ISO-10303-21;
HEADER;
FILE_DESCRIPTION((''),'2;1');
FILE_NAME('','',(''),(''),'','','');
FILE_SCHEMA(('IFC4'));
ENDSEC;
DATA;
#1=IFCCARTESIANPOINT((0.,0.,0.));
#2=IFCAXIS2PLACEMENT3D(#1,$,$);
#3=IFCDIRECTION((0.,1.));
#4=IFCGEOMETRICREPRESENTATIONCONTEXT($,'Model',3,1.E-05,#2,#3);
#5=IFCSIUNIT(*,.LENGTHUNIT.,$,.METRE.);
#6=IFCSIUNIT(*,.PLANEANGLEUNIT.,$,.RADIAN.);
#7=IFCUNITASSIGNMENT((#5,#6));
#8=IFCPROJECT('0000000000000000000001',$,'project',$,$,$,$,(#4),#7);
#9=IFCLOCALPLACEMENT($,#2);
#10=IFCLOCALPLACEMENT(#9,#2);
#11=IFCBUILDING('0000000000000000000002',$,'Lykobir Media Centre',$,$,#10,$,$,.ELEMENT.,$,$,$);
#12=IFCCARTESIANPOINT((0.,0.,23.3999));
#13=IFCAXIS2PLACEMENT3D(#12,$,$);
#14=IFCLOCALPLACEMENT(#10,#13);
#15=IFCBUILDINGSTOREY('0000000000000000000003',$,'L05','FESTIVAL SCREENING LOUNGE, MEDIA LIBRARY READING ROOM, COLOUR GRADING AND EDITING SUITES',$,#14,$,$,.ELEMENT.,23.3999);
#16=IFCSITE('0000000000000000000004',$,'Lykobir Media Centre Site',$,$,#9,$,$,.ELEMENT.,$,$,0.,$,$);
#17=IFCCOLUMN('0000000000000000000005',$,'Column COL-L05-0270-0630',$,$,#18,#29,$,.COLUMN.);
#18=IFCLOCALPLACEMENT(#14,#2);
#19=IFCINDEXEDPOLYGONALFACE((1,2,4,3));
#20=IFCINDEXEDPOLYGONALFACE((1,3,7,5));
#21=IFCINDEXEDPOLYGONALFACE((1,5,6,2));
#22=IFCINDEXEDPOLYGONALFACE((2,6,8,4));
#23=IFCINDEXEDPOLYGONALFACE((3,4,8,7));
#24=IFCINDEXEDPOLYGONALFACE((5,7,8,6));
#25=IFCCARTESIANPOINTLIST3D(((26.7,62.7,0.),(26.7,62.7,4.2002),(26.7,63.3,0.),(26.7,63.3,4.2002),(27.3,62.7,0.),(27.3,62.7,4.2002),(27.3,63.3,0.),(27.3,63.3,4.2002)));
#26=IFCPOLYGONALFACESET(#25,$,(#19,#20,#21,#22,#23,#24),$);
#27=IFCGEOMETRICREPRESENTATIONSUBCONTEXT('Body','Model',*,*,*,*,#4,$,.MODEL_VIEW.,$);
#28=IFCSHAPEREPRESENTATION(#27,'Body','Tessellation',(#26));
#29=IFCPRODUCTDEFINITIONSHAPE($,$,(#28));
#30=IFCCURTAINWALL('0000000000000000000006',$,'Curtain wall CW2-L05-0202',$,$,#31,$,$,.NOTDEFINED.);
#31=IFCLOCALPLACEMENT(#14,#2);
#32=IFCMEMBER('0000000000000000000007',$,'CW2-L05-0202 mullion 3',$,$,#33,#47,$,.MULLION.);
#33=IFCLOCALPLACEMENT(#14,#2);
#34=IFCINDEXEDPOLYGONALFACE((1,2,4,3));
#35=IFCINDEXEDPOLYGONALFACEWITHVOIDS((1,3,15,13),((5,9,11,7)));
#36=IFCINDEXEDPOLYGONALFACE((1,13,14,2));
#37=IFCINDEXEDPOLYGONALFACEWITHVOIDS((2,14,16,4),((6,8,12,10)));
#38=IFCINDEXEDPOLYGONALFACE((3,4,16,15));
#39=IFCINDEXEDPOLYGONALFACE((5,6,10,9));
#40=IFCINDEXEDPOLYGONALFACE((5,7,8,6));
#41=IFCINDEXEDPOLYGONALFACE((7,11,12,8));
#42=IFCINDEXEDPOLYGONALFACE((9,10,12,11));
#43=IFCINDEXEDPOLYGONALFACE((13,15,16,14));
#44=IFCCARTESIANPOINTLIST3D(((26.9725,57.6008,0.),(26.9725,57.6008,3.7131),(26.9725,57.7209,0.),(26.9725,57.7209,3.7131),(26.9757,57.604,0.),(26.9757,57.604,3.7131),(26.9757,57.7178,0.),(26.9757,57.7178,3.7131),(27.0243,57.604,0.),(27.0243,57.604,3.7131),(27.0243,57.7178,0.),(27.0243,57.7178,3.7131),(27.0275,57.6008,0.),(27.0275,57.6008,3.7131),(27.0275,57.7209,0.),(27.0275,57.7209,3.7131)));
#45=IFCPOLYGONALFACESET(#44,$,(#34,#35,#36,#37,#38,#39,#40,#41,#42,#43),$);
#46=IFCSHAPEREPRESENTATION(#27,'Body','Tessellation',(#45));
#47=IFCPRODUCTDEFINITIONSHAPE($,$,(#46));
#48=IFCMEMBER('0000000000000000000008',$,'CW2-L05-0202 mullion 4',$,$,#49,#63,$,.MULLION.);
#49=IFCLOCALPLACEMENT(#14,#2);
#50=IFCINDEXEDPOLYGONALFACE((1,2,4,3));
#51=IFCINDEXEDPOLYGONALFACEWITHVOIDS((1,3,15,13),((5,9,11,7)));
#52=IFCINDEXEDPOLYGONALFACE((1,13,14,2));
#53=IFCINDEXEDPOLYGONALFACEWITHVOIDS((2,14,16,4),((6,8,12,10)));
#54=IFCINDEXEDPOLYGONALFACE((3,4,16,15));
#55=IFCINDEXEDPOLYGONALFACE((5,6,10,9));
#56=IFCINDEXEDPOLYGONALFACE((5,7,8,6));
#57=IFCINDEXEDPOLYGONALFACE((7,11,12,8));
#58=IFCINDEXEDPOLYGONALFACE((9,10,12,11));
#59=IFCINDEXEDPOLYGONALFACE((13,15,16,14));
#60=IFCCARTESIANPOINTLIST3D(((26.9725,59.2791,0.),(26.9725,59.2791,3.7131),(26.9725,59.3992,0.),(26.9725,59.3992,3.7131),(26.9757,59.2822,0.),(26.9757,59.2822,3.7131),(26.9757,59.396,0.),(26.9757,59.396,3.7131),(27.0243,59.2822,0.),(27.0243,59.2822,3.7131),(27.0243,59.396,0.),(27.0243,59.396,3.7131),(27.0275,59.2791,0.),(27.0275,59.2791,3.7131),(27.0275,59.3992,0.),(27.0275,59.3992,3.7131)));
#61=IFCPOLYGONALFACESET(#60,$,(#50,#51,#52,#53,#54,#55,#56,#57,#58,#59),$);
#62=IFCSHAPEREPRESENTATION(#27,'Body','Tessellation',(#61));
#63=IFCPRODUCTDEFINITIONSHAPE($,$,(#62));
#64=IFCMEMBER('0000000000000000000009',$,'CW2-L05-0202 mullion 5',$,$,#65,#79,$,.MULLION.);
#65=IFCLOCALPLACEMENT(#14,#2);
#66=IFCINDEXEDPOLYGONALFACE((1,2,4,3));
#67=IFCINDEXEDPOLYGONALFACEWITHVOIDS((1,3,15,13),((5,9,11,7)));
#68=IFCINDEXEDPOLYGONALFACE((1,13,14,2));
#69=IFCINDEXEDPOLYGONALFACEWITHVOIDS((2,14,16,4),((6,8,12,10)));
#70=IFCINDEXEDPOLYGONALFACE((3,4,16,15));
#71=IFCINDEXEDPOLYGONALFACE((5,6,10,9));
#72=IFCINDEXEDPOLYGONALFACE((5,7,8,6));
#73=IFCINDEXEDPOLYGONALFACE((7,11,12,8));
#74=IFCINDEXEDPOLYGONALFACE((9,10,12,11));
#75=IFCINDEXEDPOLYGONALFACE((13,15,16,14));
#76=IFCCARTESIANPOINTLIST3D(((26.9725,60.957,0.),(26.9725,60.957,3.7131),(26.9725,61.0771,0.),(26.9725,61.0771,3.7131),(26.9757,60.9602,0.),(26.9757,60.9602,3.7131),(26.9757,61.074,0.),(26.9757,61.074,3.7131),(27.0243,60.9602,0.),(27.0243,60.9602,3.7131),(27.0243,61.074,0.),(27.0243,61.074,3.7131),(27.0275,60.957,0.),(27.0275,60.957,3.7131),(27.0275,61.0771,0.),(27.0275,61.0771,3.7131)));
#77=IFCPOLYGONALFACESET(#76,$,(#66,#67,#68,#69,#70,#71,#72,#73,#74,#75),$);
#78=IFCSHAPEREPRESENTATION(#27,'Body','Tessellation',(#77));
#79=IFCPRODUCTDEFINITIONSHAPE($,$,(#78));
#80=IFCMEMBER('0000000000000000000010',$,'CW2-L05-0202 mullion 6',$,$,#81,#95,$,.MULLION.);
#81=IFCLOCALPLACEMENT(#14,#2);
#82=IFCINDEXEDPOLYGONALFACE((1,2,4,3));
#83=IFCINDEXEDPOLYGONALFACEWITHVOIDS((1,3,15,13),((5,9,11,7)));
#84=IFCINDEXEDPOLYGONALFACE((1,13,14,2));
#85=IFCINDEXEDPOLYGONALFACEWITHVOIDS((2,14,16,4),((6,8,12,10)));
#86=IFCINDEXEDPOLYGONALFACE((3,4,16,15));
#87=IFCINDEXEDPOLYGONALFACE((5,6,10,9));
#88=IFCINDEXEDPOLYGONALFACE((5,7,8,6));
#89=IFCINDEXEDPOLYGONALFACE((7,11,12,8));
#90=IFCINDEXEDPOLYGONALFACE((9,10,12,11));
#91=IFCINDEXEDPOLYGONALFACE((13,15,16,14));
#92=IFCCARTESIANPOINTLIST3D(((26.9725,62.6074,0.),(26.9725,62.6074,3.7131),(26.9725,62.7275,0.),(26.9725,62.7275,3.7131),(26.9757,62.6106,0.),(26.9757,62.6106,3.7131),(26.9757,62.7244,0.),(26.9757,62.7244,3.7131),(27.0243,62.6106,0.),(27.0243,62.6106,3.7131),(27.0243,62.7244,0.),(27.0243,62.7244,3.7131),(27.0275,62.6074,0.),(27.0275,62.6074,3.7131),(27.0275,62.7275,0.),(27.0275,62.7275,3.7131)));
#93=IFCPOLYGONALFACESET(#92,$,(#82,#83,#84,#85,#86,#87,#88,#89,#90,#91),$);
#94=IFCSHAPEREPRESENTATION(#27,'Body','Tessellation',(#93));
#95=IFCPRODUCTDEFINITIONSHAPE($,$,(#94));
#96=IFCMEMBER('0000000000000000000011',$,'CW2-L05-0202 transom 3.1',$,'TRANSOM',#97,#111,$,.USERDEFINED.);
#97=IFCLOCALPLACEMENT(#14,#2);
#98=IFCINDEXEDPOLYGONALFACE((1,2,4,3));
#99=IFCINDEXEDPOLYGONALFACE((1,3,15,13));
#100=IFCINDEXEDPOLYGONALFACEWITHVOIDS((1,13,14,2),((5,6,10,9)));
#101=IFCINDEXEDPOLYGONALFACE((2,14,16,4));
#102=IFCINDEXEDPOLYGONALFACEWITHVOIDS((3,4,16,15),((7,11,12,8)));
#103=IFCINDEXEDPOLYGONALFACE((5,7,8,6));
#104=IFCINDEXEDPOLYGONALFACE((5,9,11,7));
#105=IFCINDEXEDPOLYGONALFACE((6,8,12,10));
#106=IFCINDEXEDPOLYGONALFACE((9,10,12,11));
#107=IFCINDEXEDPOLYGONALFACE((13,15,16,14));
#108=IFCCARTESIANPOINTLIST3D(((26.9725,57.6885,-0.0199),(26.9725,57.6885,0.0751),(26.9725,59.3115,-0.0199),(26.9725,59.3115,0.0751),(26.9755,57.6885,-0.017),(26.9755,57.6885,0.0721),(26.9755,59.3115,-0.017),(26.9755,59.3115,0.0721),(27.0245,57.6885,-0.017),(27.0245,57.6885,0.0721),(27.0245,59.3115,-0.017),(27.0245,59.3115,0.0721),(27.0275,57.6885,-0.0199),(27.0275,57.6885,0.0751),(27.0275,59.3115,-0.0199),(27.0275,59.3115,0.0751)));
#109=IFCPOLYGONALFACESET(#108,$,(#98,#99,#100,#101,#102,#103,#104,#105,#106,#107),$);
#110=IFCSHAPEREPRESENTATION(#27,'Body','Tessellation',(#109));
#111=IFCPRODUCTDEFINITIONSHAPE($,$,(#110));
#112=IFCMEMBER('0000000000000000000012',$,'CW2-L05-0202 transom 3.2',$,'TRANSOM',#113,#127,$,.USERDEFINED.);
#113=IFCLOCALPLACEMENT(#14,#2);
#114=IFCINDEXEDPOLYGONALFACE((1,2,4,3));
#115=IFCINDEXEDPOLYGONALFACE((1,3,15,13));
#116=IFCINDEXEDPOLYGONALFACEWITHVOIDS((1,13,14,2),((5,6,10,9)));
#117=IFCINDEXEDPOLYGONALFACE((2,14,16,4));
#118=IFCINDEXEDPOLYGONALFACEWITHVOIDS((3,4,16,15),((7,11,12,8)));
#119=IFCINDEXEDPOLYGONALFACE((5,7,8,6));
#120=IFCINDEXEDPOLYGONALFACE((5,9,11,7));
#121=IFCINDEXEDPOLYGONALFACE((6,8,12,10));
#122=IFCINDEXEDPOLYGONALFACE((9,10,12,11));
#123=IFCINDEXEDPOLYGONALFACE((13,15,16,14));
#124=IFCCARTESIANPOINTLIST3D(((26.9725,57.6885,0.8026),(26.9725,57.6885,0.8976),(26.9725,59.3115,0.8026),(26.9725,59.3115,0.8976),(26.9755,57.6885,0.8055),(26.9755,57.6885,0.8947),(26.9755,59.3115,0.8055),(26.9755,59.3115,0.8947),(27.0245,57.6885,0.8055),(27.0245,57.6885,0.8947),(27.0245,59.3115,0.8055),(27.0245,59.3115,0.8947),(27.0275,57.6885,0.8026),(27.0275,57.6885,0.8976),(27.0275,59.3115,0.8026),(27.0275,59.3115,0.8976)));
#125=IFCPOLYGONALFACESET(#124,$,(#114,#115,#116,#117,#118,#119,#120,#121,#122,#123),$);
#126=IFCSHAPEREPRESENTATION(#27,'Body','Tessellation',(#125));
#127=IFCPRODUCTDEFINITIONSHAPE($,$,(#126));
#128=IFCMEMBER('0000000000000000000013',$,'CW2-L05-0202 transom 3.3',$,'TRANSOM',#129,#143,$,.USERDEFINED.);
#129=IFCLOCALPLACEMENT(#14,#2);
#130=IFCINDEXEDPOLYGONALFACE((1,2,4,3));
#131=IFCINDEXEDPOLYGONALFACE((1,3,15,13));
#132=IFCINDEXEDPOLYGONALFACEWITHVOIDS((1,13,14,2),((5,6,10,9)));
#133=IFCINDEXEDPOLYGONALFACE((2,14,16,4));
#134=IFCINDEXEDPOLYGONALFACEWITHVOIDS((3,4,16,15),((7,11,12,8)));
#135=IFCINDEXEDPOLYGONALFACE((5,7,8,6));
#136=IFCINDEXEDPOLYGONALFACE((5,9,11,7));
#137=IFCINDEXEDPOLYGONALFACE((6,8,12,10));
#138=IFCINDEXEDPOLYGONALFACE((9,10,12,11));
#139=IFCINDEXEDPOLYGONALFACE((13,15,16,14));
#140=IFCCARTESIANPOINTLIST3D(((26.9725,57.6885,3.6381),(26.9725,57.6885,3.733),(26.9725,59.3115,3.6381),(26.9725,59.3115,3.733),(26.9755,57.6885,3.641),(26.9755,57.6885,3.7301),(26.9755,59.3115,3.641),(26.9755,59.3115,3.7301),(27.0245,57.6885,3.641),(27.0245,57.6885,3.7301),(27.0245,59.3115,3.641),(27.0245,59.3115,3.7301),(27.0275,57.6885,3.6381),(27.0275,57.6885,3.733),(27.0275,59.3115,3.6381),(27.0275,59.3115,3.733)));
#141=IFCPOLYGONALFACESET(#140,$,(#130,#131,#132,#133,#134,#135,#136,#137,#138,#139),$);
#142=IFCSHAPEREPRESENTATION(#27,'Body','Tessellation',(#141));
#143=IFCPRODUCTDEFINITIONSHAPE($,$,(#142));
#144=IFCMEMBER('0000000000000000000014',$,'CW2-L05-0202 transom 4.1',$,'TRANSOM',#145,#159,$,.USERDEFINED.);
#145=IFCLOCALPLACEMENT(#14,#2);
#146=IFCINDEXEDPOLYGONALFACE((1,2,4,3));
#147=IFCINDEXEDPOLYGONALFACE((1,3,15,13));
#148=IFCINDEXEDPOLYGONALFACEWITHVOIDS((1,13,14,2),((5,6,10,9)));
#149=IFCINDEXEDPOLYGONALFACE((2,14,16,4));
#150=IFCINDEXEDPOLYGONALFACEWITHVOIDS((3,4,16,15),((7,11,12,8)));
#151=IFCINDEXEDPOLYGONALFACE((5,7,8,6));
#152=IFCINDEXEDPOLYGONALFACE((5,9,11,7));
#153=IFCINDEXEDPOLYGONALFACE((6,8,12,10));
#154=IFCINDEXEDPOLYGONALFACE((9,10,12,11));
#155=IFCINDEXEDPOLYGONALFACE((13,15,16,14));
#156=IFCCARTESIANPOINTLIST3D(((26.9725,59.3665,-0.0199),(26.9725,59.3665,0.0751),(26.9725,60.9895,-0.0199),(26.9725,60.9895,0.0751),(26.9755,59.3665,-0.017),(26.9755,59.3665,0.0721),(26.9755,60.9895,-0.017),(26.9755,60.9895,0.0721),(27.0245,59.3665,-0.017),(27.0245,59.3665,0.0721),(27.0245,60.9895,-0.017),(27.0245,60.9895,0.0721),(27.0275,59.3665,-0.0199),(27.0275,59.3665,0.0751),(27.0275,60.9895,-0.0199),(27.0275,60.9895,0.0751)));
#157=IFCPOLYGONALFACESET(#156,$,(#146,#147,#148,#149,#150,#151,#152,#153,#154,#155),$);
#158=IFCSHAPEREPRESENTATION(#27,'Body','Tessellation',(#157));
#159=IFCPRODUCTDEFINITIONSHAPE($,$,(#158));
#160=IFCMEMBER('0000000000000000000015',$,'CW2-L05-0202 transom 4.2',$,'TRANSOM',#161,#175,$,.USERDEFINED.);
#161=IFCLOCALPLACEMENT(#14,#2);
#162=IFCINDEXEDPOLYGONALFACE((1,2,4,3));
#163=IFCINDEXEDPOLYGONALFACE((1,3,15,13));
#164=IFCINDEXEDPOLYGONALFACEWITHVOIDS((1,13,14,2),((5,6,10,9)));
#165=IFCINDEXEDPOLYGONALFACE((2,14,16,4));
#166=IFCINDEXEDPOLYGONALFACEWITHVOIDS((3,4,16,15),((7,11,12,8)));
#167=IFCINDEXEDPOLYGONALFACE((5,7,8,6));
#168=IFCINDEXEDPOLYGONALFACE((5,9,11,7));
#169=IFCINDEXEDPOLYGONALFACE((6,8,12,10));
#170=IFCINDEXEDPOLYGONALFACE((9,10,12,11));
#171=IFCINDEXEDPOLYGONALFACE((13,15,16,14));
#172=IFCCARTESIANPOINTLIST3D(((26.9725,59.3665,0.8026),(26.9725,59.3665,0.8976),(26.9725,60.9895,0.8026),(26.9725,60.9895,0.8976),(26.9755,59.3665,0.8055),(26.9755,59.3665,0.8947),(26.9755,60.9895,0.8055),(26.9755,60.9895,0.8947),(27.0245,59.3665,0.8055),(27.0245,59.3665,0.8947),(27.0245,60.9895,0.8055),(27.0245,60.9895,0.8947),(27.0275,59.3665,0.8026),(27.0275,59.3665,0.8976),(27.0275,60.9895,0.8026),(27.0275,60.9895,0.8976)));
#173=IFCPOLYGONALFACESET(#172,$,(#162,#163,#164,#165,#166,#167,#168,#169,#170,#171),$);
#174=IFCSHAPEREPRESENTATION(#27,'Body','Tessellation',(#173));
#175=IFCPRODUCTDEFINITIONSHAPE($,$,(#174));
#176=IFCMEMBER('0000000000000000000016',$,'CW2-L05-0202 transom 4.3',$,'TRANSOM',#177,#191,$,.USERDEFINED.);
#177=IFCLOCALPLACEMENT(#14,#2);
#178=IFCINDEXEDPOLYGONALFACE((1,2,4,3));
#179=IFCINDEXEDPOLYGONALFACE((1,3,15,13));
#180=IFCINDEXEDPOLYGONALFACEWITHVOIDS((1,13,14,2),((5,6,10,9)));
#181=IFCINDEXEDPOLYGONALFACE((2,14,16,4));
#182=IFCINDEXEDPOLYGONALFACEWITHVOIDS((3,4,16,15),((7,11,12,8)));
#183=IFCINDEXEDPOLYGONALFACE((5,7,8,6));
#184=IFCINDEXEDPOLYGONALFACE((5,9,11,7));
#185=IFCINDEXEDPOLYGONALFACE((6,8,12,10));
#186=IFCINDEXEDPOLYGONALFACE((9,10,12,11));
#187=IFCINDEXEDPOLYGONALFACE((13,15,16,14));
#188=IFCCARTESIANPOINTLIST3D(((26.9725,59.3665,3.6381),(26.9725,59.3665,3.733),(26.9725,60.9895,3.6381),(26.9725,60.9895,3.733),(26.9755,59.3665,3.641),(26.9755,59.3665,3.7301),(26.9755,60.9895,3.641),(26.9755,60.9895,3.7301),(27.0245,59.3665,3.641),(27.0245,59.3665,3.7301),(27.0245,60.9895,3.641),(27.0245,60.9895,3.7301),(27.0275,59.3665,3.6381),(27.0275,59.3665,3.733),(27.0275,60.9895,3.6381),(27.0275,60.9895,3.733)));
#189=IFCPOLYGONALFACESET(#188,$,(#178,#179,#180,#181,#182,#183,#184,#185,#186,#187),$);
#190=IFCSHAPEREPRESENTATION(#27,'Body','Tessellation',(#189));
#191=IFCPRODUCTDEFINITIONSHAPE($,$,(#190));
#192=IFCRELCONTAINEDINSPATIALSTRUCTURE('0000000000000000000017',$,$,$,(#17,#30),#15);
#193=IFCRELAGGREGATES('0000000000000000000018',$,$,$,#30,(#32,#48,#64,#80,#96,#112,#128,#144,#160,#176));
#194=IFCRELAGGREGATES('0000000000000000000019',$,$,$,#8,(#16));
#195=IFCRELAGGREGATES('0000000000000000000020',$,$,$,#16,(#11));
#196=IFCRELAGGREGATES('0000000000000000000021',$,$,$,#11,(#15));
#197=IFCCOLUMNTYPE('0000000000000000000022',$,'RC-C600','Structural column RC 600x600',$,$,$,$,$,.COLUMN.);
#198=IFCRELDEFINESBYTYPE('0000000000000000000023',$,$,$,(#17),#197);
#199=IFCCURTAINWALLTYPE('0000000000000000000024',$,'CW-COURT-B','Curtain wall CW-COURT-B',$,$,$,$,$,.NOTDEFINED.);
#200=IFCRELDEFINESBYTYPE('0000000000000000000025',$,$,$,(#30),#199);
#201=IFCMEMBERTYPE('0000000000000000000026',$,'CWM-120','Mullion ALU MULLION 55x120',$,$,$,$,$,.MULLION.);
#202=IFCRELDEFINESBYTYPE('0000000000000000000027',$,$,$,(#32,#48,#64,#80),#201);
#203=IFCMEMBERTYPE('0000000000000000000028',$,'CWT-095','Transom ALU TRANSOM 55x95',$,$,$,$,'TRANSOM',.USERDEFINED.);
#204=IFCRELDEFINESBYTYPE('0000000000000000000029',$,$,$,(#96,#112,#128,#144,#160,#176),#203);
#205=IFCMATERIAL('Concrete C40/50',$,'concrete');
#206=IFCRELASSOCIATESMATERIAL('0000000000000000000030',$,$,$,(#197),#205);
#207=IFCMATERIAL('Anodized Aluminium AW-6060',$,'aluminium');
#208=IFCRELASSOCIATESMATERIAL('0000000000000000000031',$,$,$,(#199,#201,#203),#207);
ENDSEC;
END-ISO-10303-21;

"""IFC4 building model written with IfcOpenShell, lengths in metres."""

from ifc_helpers import new_model, si_unit, direction, frame, origin, origin_2d, place, context, subcontext, project, spatial, rectangle, hollow_rectangle, extrude, material, material_profile, profile_set, type_object, element, aggregate, save


model = new_model("IFC4")

# Units and contexts
model_context = context("Model", 3, precision=1e-05, world=origin(), true_north=direction((0.0, 1.0)))
body_context = subcontext(model_context, "Body", "Model", "MODEL_VIEW")
ifc_project = project(units=[si_unit("LENGTHUNIT", "METRE"), si_unit("PLANEANGLEUNIT", "RADIAN")], contexts=[model_context])

# Site, building, storey
site_placement = place(None, origin())
site = spatial("IfcSite", under=ifc_project, at=site_placement, Name="Lykobir Media Centre Site", CompositionType="ELEMENT", RefElevation=0.0)
building_placement = place(site_placement, origin())
building = spatial("IfcBuilding", under=site, at=building_placement, Name="Lykobir Media Centre", CompositionType="ELEMENT")
storey_placement = place(building_placement, frame((0.0, 0.0, 23.3999)))
storey = spatial("IfcBuildingStorey", under=building, at=storey_placement, Name="L05", Description="FESTIVAL SCREENING LOUNGE, MEDIA LIBRARY READING ROOM, COLOUR GRADING AND EDITING SUITES", CompositionType="ELEMENT", Elevation=23.3999)

# Column
ifc_material_1 = material(Name="Concrete C40/50", Category="concrete")
ifc_material_profile_1 = material_profile(ifc_material_1, rectangle(XDim=0.6001, YDim=0.6001, at=origin_2d()), Name="RC 600x600")
ifc_profile_set_1 = profile_set([ifc_material_profile_1], Name="Concrete C40/50")
column_type = type_object("IfcColumnType", Name="RC-C600", Description="Structural column RC 600x600", PredefinedType="COLUMN", material=ifc_profile_set_1)
column_placement = place(storey_placement, frame((27.0, 63.0, 0.0), z_axis=(0.0, 0.0, 1.0), x_axis=(1.0, 0.0, 0.0)))
element("IfcColumn", 1, at=column_placement, inside=storey, type_object=column_type, Name="Column COL-L05-0270-0630", PredefinedType="COLUMN", context=body_context, shape_type="SweptSolid", body=[
    extrude(rectangle(XDim=0.6001, YDim=0.6001, at=origin_2d()), origin(), (0.0, 0.0, 1.0), 4.2002),
])

# Curtain wall, members
ifc_material_2 = material(Name="Anodized Aluminium AW-6060", Category="aluminium")
curtain_wall_type = type_object("IfcCurtainWallType", Name="CW-COURT-B", Description="Curtain wall CW-COURT-B", PredefinedType="NOTDEFINED", material=ifc_material_2)
curtain_wall_placement = place(storey_placement, origin())
curtain_wall = element("IfcCurtainWall", 2, at=curtain_wall_placement, inside=storey, type_object=curtain_wall_type, Name="Curtain wall CW2-L05-0202", PredefinedType="NOTDEFINED")
ifc_material_profile_2 = material_profile(ifc_material_2, hollow_rectangle(XDim=0.0549, YDim=0.1201, WallThickness=0.0032, at=origin_2d()), Name="ALU MULLION 55x120")
ifc_profile_set_2 = profile_set([ifc_material_profile_2], Name="Anodized Aluminium AW-6060")
member_type_1 = type_object("IfcMemberType", Name="CWM-120", Description="Mullion ALU MULLION 55x120", PredefinedType="MULLION", material=ifc_profile_set_2)
member_1_placement = place(storey_placement, frame((27.0, 57.6609, 0.0), z_axis=(0.0, 0.0, 1.0), x_axis=(-1.0, 0.0, 0.0)))
member_1 = element("IfcMember", 3, at=member_1_placement, type_object=member_type_1, Name="CW2-L05-0202 mullion 3", PredefinedType="MULLION", context=body_context, shape_type="SweptSolid", body=[
    extrude(hollow_rectangle(XDim=0.0549, YDim=0.1201, WallThickness=0.0032, at=origin_2d()), origin(), (0.0, 0.0, 1.0), 3.7131),
])
member_2_placement = place(storey_placement, frame((27.0, 59.3391, 0.0), z_axis=(0.0, 0.0, 1.0), x_axis=(-1.0, 0.0, 0.0)))
member_2 = element("IfcMember", 4, at=member_2_placement, type_object=member_type_1, Name="CW2-L05-0202 mullion 4", PredefinedType="MULLION", context=body_context, shape_type="SweptSolid", body=[
    extrude(hollow_rectangle(XDim=0.0549, YDim=0.1201, WallThickness=0.0032, at=origin_2d()), origin(), (0.0, 0.0, 1.0), 3.7131),
])
member_3_placement = place(storey_placement, frame((27.0, 61.0171, 0.0), z_axis=(0.0, 0.0, 1.0), x_axis=(-1.0, 0.0, 0.0)))
member_3 = element("IfcMember", 5, at=member_3_placement, type_object=member_type_1, Name="CW2-L05-0202 mullion 5", PredefinedType="MULLION", context=body_context, shape_type="SweptSolid", body=[
    extrude(hollow_rectangle(XDim=0.0549, YDim=0.1201, WallThickness=0.0032, at=origin_2d()), origin(), (0.0, 0.0, 1.0), 3.7131),
])
member_4_placement = place(storey_placement, frame((27.0, 62.6675, 0.0), z_axis=(0.0, 0.0, 1.0), x_axis=(-1.0, 0.0, 0.0)))
member_4 = element("IfcMember", 6, at=member_4_placement, type_object=member_type_1, Name="CW2-L05-0202 mullion 6", PredefinedType="MULLION", context=body_context, shape_type="SweptSolid", body=[
    extrude(hollow_rectangle(XDim=0.0549, YDim=0.1201, WallThickness=0.0032, at=origin_2d()), origin(), (0.0, 0.0, 1.0), 3.7131),
])
ifc_material_profile_3 = material_profile(ifc_material_2, hollow_rectangle(XDim=0.0549, YDim=0.095, WallThickness=0.0029, at=origin_2d()), Name="ALU TRANSOM 55x95")
ifc_profile_set_3 = profile_set([ifc_material_profile_3], Name="Anodized Aluminium AW-6060")
member_type_2 = type_object("IfcMemberType", Name="CWT-095", Description="Transom ALU TRANSOM 55x95", ElementType="TRANSOM", PredefinedType="USERDEFINED", material=ifc_profile_set_3)
member_5_placement = place(storey_placement, frame((27.0, 57.6885, 0.0276), z_axis=(0.0, 1.0, 0.0), x_axis=(-1.0, 0.0, 0.0)))
member_5 = element("IfcMember", 7, at=member_5_placement, type_object=member_type_2, Name="CW2-L05-0202 transom 3.1", ObjectType="TRANSOM", PredefinedType="USERDEFINED", context=body_context, shape_type="SweptSolid", body=[
    extrude(hollow_rectangle(XDim=0.0549, YDim=0.095, WallThickness=0.0029, at=origin_2d()), origin(), (0.0, 0.0, 1.0), 1.623),
])
member_6_placement = place(storey_placement, frame((27.0, 57.6885, 0.8501), z_axis=(0.0, 1.0, 0.0), x_axis=(-1.0, 0.0, 0.0)))
member_6 = element("IfcMember", 8, at=member_6_placement, type_object=member_type_2, Name="CW2-L05-0202 transom 3.2", ObjectType="TRANSOM", PredefinedType="USERDEFINED", context=body_context, shape_type="SweptSolid", body=[
    extrude(hollow_rectangle(XDim=0.0549, YDim=0.095, WallThickness=0.0029, at=origin_2d()), origin(), (0.0, 0.0, 1.0), 1.623),
])
member_7_placement = place(storey_placement, frame((27.0, 57.6885, 3.6855), z_axis=(0.0, 1.0, 0.0), x_axis=(-1.0, 0.0, 0.0)))
member_7 = element("IfcMember", 9, at=member_7_placement, type_object=member_type_2, Name="CW2-L05-0202 transom 3.3", ObjectType="TRANSOM", PredefinedType="USERDEFINED", context=body_context, shape_type="SweptSolid", body=[
    extrude(hollow_rectangle(XDim=0.0549, YDim=0.095, WallThickness=0.0029, at=origin_2d()), origin(), (0.0, 0.0, 1.0), 1.623),
])
member_8_placement = place(storey_placement, frame((27.0, 59.3665, 0.0276), z_axis=(0.0, 1.0, 0.0), x_axis=(-1.0, 0.0, 0.0)))
member_8 = element("IfcMember", 10, at=member_8_placement, type_object=member_type_2, Name="CW2-L05-0202 transom 4.1", ObjectType="TRANSOM", PredefinedType="USERDEFINED", context=body_context, shape_type="SweptSolid", body=[
    extrude(hollow_rectangle(XDim=0.0549, YDim=0.095, WallThickness=0.0029, at=origin_2d()), origin(), (0.0, 0.0, 1.0), 1.623),
])
member_9_placement = place(storey_placement, frame((27.0, 59.3665, 0.8501), z_axis=(0.0, 1.0, 0.0), x_axis=(-1.0, 0.0, 0.0)))
member_9 = element("IfcMember", 11, at=member_9_placement, type_object=member_type_2, Name="CW2-L05-0202 transom 4.2", ObjectType="TRANSOM", PredefinedType="USERDEFINED", context=body_context, shape_type="SweptSolid", body=[
    extrude(hollow_rectangle(XDim=0.0549, YDim=0.095, WallThickness=0.0029, at=origin_2d()), origin(), (0.0, 0.0, 1.0), 1.623),
])
member_10_placement = place(storey_placement, frame((27.0, 59.3665, 3.6855), z_axis=(0.0, 1.0, 0.0), x_axis=(-1.0, 0.0, 0.0)))
member_10 = element("IfcMember", 12, at=member_10_placement, type_object=member_type_2, Name="CW2-L05-0202 transom 4.3", ObjectType="TRANSOM", PredefinedType="USERDEFINED", context=body_context, shape_type="SweptSolid", body=[
    extrude(hollow_rectangle(XDim=0.0549, YDim=0.095, WallThickness=0.0029, at=origin_2d()), origin(), (0.0, 0.0, 1.0), 1.623),
])

aggregate(curtain_wall, [member_1, member_2, member_3, member_4, member_5, member_6, member_7, member_8, member_9, member_10])

save(model, "model.ifc")
